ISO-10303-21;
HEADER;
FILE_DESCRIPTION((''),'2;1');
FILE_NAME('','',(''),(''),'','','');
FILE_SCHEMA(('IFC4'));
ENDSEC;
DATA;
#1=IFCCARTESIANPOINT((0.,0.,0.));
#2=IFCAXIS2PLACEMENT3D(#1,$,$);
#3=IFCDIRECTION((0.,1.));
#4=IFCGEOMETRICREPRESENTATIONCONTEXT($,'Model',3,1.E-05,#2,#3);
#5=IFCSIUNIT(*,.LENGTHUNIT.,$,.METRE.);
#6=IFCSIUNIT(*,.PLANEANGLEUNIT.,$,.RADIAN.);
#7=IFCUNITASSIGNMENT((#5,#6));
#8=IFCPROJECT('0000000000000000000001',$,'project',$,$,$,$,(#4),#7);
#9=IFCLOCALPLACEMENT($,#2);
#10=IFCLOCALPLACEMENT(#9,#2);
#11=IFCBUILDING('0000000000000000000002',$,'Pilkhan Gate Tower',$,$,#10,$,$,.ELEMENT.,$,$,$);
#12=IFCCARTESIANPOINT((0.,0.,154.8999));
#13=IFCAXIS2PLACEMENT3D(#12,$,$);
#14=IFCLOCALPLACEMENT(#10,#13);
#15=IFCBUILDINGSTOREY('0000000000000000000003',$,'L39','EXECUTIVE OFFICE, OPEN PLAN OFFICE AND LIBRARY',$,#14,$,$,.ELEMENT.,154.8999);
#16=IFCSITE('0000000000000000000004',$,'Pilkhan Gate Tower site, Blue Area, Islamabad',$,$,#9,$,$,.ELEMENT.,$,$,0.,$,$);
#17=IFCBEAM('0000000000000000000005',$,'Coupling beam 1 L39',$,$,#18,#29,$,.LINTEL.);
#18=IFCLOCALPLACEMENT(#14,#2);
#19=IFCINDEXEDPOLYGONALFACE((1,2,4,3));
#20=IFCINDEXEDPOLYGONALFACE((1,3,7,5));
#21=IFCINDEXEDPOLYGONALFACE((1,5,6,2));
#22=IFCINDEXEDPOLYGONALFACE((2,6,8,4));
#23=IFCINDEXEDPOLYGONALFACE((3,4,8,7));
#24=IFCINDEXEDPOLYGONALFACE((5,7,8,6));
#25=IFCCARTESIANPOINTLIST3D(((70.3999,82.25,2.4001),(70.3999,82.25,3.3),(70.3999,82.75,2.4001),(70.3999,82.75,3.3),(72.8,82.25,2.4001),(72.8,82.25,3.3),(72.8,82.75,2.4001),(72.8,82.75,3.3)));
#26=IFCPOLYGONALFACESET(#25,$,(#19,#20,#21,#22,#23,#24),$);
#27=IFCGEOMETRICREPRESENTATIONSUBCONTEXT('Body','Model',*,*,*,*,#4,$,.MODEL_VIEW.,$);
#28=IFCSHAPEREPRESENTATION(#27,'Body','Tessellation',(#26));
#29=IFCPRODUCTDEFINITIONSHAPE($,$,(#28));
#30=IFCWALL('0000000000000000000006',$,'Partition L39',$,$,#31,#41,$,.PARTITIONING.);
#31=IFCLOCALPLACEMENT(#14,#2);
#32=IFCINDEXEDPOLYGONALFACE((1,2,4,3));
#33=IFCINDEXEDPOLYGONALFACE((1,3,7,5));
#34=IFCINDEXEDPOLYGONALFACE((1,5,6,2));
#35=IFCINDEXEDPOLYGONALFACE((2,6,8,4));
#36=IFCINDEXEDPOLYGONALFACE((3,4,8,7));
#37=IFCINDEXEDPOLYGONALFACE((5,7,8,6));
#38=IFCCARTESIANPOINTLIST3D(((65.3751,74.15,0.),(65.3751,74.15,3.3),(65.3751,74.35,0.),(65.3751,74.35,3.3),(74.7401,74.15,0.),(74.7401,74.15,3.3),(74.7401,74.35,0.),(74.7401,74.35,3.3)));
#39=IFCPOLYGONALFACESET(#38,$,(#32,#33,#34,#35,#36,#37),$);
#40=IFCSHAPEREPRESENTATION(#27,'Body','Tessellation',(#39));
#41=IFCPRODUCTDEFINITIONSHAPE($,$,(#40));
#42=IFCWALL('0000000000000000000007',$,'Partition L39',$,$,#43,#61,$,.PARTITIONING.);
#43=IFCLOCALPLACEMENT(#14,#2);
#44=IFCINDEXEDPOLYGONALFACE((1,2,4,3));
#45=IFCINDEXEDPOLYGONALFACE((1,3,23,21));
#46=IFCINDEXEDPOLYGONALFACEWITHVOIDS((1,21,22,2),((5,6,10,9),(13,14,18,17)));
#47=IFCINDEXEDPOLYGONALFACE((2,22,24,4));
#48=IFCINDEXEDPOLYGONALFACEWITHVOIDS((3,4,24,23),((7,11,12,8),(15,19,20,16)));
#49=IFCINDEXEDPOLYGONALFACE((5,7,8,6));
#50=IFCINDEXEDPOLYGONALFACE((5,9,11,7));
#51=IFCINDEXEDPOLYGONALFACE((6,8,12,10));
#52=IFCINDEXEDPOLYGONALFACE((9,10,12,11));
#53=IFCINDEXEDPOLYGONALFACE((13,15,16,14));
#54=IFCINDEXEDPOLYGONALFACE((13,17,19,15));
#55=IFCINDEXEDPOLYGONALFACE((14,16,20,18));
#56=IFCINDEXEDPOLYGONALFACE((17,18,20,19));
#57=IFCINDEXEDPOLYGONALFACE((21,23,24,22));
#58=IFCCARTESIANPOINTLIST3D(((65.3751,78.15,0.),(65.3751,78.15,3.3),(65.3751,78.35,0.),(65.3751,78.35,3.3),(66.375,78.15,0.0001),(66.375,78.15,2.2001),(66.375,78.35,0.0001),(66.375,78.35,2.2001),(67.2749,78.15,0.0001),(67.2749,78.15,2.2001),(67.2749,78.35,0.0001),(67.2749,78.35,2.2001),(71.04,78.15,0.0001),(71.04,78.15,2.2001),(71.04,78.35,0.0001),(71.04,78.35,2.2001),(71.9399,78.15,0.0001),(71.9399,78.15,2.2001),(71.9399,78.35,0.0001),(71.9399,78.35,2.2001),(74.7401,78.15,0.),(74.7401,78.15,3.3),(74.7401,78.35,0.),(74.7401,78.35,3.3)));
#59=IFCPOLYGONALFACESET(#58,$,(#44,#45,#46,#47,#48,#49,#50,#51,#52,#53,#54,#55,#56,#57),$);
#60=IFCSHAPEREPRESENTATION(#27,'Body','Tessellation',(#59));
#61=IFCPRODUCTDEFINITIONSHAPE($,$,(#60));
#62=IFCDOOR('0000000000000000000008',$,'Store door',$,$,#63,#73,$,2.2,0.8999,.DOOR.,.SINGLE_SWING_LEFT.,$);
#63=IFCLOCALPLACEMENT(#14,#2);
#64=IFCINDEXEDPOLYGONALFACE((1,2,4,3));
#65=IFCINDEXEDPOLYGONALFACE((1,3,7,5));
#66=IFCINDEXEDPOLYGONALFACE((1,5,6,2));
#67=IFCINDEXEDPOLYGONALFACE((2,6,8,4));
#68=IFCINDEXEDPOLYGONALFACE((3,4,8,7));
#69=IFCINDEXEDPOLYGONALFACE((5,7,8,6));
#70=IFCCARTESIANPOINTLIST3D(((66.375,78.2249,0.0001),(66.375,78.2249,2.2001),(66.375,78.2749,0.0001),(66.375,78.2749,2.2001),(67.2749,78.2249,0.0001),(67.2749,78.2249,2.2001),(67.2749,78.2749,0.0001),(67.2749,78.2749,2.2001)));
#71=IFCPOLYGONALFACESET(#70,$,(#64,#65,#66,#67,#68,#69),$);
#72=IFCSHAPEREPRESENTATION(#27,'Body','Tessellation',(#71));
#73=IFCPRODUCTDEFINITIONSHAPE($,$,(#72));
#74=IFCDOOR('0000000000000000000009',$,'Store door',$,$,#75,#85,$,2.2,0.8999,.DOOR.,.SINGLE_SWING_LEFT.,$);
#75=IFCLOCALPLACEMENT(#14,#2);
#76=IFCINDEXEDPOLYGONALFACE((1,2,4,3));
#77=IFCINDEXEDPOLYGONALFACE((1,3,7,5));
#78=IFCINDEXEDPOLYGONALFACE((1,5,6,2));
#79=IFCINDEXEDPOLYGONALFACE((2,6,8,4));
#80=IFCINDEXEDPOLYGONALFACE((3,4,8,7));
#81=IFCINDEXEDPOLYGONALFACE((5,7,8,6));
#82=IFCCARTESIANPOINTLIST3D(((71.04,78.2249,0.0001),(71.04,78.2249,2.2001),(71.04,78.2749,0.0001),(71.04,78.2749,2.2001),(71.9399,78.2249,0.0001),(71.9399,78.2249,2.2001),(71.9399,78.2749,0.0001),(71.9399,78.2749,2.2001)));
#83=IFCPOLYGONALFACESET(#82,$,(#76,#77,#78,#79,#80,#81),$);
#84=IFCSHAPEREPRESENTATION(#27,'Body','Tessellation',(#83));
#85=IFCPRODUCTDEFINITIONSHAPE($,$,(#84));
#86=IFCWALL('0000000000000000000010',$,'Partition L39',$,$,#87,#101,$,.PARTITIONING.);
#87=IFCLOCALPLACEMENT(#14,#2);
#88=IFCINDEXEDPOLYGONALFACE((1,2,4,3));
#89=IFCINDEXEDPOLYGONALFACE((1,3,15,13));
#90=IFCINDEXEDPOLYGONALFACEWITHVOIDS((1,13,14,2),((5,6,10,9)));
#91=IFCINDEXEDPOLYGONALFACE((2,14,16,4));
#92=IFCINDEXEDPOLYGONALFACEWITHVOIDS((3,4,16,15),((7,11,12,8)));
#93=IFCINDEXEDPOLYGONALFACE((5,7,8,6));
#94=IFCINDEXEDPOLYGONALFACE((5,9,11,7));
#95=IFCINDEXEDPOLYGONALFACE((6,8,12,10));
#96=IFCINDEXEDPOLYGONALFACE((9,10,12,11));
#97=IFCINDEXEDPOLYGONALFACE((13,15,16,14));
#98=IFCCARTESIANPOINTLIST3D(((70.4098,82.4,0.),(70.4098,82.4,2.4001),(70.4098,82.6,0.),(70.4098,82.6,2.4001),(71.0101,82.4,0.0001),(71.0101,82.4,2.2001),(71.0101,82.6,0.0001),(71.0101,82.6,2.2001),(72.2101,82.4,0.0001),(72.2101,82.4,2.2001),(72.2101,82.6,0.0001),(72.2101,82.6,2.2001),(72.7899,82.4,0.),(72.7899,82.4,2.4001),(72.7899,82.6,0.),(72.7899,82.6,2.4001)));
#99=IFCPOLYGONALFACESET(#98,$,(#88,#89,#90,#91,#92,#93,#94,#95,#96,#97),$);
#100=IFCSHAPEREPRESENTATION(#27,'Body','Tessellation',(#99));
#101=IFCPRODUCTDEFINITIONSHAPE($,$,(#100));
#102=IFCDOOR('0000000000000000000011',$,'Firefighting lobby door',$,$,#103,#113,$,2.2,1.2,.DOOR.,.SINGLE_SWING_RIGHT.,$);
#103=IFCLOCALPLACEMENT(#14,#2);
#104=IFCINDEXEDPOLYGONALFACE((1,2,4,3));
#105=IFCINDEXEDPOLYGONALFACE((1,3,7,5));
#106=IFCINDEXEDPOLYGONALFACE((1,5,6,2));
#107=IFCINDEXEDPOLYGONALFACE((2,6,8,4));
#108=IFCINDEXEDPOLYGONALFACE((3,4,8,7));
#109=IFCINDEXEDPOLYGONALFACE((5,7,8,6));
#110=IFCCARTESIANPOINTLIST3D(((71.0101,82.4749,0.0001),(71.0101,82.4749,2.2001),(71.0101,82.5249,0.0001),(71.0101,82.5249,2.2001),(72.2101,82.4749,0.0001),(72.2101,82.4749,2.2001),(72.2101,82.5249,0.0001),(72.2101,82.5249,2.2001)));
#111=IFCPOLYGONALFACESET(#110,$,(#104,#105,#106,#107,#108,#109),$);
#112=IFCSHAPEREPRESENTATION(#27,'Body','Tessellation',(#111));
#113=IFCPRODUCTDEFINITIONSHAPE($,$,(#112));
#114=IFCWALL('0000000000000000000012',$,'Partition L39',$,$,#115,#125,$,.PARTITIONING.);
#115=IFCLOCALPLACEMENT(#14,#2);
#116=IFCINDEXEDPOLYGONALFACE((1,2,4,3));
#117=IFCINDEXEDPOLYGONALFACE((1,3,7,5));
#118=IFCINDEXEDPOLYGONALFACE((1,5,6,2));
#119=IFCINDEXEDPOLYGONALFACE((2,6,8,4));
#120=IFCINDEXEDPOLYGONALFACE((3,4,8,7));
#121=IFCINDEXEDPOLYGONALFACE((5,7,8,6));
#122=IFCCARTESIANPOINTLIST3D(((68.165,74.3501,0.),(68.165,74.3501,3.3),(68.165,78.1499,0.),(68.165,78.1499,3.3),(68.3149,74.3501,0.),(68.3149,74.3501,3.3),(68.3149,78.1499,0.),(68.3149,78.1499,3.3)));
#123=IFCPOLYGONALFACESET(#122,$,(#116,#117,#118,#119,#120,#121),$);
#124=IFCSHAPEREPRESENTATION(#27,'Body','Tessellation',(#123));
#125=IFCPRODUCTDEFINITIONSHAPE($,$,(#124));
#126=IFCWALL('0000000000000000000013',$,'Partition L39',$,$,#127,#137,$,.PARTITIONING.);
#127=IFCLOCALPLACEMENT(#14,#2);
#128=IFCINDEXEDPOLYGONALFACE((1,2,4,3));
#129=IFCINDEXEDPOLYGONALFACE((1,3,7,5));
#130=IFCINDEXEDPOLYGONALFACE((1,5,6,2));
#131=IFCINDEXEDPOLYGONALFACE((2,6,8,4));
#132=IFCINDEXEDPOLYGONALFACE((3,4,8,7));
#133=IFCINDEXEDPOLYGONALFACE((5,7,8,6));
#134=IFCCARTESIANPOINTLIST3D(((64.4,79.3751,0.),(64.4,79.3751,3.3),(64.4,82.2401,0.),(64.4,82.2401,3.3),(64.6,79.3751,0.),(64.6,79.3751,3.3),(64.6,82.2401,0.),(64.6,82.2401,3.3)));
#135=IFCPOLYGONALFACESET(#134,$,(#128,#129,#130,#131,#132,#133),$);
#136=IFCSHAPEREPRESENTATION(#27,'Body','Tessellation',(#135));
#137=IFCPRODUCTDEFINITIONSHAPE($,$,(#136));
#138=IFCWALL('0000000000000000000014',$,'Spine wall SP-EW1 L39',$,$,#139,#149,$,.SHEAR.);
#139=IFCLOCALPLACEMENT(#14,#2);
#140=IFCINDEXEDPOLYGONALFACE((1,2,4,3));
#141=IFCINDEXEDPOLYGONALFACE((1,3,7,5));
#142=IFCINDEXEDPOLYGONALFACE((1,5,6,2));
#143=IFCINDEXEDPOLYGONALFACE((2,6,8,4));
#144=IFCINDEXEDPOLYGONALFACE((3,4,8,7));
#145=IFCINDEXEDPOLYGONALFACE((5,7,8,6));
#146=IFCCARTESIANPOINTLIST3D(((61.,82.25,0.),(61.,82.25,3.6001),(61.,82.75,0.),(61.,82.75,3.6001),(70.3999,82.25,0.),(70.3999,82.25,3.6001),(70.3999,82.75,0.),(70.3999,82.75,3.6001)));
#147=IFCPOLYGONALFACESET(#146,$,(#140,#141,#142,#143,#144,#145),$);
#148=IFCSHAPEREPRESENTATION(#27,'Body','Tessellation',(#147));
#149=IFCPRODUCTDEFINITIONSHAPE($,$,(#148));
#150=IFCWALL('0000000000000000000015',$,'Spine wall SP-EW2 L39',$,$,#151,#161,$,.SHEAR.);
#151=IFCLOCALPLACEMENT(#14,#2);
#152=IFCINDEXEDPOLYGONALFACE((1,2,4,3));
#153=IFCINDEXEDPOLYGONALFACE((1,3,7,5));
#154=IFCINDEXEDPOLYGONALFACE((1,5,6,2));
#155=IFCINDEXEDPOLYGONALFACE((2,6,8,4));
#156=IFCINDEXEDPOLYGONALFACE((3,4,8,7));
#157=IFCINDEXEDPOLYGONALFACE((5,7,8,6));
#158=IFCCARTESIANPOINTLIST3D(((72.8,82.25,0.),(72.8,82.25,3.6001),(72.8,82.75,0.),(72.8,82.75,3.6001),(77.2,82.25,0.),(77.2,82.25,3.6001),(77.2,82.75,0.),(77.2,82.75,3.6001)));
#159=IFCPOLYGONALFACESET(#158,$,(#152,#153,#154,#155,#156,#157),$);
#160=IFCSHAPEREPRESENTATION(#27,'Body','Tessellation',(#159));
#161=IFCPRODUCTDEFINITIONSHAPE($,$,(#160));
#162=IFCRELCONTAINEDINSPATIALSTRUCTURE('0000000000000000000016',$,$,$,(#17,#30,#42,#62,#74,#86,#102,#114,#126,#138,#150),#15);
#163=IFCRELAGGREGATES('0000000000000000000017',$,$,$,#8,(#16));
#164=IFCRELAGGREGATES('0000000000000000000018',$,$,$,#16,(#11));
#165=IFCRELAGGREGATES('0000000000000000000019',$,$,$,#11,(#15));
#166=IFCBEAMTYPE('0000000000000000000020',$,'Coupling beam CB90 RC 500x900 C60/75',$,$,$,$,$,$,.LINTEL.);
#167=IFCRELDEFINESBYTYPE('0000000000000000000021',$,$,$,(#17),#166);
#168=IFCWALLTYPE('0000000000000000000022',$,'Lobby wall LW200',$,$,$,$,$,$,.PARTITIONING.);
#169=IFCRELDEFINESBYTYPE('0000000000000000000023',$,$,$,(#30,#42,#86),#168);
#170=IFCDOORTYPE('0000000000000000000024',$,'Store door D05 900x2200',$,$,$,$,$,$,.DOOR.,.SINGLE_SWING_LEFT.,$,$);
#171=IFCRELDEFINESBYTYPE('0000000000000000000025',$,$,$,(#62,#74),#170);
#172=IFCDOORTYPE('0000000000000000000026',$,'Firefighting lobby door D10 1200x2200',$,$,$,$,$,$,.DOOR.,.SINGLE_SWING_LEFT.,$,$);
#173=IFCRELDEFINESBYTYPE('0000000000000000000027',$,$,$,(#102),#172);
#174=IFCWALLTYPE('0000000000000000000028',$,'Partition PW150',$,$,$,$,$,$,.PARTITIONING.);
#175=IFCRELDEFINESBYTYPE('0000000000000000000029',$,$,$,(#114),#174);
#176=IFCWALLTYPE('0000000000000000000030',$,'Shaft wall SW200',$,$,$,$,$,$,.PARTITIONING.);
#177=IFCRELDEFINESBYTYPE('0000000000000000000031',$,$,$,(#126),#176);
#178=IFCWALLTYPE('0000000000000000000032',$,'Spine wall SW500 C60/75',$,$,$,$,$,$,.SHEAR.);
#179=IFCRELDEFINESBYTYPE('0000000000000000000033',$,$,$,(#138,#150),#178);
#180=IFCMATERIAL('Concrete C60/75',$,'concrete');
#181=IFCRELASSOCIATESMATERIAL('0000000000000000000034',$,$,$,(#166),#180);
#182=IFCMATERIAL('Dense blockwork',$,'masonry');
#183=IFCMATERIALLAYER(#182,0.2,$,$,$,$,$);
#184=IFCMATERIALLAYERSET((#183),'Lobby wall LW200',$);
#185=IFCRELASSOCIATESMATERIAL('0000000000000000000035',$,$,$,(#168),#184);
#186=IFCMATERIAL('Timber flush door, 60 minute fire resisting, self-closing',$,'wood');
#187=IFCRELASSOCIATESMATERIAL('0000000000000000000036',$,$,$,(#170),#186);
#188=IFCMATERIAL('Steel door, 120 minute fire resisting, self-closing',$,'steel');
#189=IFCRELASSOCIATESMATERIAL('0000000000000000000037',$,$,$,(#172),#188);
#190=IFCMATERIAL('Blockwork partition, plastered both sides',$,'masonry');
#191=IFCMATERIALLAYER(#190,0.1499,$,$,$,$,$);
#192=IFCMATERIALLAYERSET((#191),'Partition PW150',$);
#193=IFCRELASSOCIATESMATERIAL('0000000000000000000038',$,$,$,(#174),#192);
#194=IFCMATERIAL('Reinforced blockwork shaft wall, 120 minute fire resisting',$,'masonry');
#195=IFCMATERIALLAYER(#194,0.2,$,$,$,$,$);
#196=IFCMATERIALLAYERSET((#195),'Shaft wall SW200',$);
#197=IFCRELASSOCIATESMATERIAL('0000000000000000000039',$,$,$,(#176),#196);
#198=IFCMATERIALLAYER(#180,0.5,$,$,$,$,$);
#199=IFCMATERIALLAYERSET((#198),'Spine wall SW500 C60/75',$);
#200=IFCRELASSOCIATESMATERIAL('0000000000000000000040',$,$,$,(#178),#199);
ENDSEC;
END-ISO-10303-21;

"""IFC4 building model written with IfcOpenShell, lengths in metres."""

from ifc_helpers import new_model, si_unit, direction, frame, frame_2d, origin, origin_2d, place, context, subcontext, project, spatial, rectangle, extrude, material, layer, layer_set, material_profile, profile_set, type_object, element, fill, save


model = new_model("IFC4")

# Units and contexts
model_context = context("Model", 3, precision=1e-05, world=origin(), true_north=direction((0.0, 1.0)))
body_context = subcontext(model_context, "Body", "Model", "MODEL_VIEW")
ifc_project = project(units=[si_unit("LENGTHUNIT", "METRE"), si_unit("PLANEANGLEUNIT", "RADIAN")], contexts=[model_context])

# Site, building, storey
site_placement = place(None, origin())
site = spatial("IfcSite", under=ifc_project, at=site_placement, Name="Pilkhan Gate Tower site, Blue Area, Islamabad", CompositionType="ELEMENT", RefElevation=0.0)
building_placement = place(site_placement, origin())
building = spatial("IfcBuilding", under=site, at=building_placement, Name="Pilkhan Gate Tower", CompositionType="ELEMENT")
storey_placement = place(building_placement, frame((0.0, 0.0, 154.8999)))
storey = spatial("IfcBuildingStorey", under=building, at=storey_placement, Name="L39", Description="EXECUTIVE OFFICE, OPEN PLAN OFFICE AND LIBRARY", CompositionType="ELEMENT", Elevation=154.8999)

# Beam
ifc_material_1 = material(Name="Concrete C60/75", Category="concrete")
ifc_material_profile = material_profile(ifc_material_1, rectangle(XDim=0.5, YDim=0.8999, at=origin_2d()), Name="RC 500x900")
ifc_profile_set = profile_set([ifc_material_profile], Name="Concrete C60/75")
beam_type = type_object("IfcBeamType", Name="Coupling beam CB90 RC 500x900 C60/75", PredefinedType="LINTEL", material=ifc_profile_set)
beam_placement = place(storey_placement, frame((70.3999, 82.5, 2.8501), z_axis=(1.0, 0.0, 0.0), x_axis=(0.0, 1.0, 0.0)))
element("IfcBeam", 1, at=beam_placement, inside=storey, type_object=beam_type, Name="Coupling beam 1 L39", PredefinedType="LINTEL", context=body_context, shape_type="SweptSolid", body=[
    extrude(rectangle(XDim=0.5, YDim=0.8999, at=origin_2d()), origin(), (0.0, 0.0, 1.0), 2.4001),
])

# Wall
ifc_material_2 = material(Name="Dense blockwork", Category="masonry")
ifc_layer_1 = layer(ifc_material_2, 0.2)
ifc_layer_set_1 = layer_set([ifc_layer_1], Name="Lobby wall LW200")
wall_type_1 = type_object("IfcWallType", Name="Lobby wall LW200", PredefinedType="PARTITIONING", material=ifc_layer_set_1)
wall_1_placement = place(storey_placement, frame((65.375, 74.25, 0.0), z_axis=(0.0, 0.0, 1.0), x_axis=(1.0, 0.0, 0.0)))
element("IfcWall", 2, at=wall_1_placement, inside=storey, type_object=wall_type_1, Name="Partition L39", PredefinedType="PARTITIONING", context=body_context, shape_type="SweptSolid", body=[
    extrude(rectangle(XDim=9.365, YDim=0.2, at=frame_2d((4.6826, 0.0))), origin(), (0.0, 0.0, 1.0), 3.3),
])

# Wall, openings, doors
wall_2_placement = place(storey_placement, frame((65.375, 78.25, 0.0), z_axis=(0.0, 0.0, 1.0), x_axis=(1.0, 0.0, 0.0)))
wall_2 = element("IfcWall", 3, at=wall_2_placement, inside=storey, type_object=wall_type_1, Name="Partition L39", PredefinedType="PARTITIONING", context=body_context, shape_type="SweptSolid", body=[
    extrude(rectangle(XDim=9.365, YDim=0.2, at=frame_2d((4.6826, 0.0))), origin(), (0.0, 0.0, 1.0), 3.3),
])
opening_1_placement = place(wall_2_placement, frame((1.0, 0.0, 0.0)))
opening_1 = element("IfcOpeningElement", 4, at=opening_1_placement, cuts=wall_2, PredefinedType="OPENING", context=body_context, shape_type="SweptSolid", body=[
    extrude(rectangle(XDim=0.8999, YDim=2.2, at=frame_2d((0.45, 1.1001))), frame((0.0, 0.1099, 0.0), z_axis=(0.0, -1.0, 0.0), x_axis=(1.0, 0.0, 0.0)), (0.0, 0.0, 1.0), 0.22),
])
opening_2_placement = place(wall_2_placement, frame((5.665, 0.0, 0.0)))
opening_2 = element("IfcOpeningElement", 5, at=opening_2_placement, cuts=wall_2, PredefinedType="OPENING", context=body_context, shape_type="SweptSolid", body=[
    extrude(rectangle(XDim=0.8999, YDim=2.2, at=frame_2d((0.45, 1.1001))), frame((0.0, 0.1099, 0.0), z_axis=(0.0, -1.0, 0.0), x_axis=(1.0, 0.0, 0.0)), (0.0, 0.0, 1.0), 0.22),
])
ifc_material_3 = material(Name="Timber flush door, 60 minute fire resisting, self-closing", Category="wood")
door_type_1 = type_object("IfcDoorType", Name="Store door D05 900x2200", OperationType="SINGLE_SWING_LEFT", PredefinedType="DOOR", material=ifc_material_3)
door_1_placement = place(opening_1_placement, origin())
door_1 = element("IfcDoor", 6, at=door_1_placement, inside=storey, type_object=door_type_1, Name="Store door", OperationType="SINGLE_SWING_LEFT", OverallHeight=2.2, OverallWidth=0.8999, PredefinedType="DOOR", context=body_context, shape_type="SweptSolid", body=[
    extrude(rectangle(XDim=0.8999, YDim=2.2, at=frame_2d((0.45, 1.1001))), frame((0.0, 0.0249, 0.0), z_axis=(0.0, -1.0, 0.0), x_axis=(1.0, 0.0, 0.0)), (0.0, 0.0, 1.0), 0.05),
])
fill(opening_1, door_1)
door_2_placement = place(opening_2_placement, origin())
door_2 = element("IfcDoor", 7, at=door_2_placement, inside=storey, type_object=door_type_1, Name="Store door", OperationType="SINGLE_SWING_LEFT", OverallHeight=2.2, OverallWidth=0.8999, PredefinedType="DOOR", context=body_context, shape_type="SweptSolid", body=[
    extrude(rectangle(XDim=0.8999, YDim=2.2, at=frame_2d((0.45, 1.1001))), frame((0.0, 0.0249, 0.0), z_axis=(0.0, -1.0, 0.0), x_axis=(1.0, 0.0, 0.0)), (0.0, 0.0, 1.0), 0.05),
])
fill(opening_2, door_2)

# Wall, opening, door
wall_3_placement = place(storey_placement, frame((70.4099, 82.5, 0.0), z_axis=(0.0, 0.0, 1.0), x_axis=(1.0, 0.0, 0.0)))
wall_3 = element("IfcWall", 8, at=wall_3_placement, inside=storey, type_object=wall_type_1, Name="Partition L39", PredefinedType="PARTITIONING", context=body_context, shape_type="SweptSolid", body=[
    extrude(rectangle(XDim=2.3801, YDim=0.2, at=frame_2d((1.1899, 0.0))), origin(), (0.0, 0.0, 1.0), 2.4001),
])
opening_3_placement = place(wall_3_placement, frame((0.6001, 0.0, 0.0)))
opening_3 = element("IfcOpeningElement", 9, at=opening_3_placement, cuts=wall_3, PredefinedType="OPENING", context=body_context, shape_type="SweptSolid", body=[
    extrude(rectangle(XDim=1.2, YDim=2.2, at=frame_2d((0.6001, 1.1001))), frame((0.0, 0.1099, 0.0), z_axis=(0.0, -1.0, 0.0), x_axis=(1.0, 0.0, 0.0)), (0.0, 0.0, 1.0), 0.22),
])
ifc_material_4 = material(Name="Steel door, 120 minute fire resisting, self-closing", Category="steel")
door_type_2 = type_object("IfcDoorType", Name="Firefighting lobby door D10 1200x2200", OperationType="SINGLE_SWING_LEFT", PredefinedType="DOOR", material=ifc_material_4)
door_3_placement = place(opening_3_placement, origin())
door_3 = element("IfcDoor", 10, at=door_3_placement, inside=storey, type_object=door_type_2, Name="Firefighting lobby door", OperationType="SINGLE_SWING_RIGHT", OverallHeight=2.2, OverallWidth=1.2, PredefinedType="DOOR", context=body_context, shape_type="SweptSolid", body=[
    extrude(rectangle(XDim=1.2, YDim=2.2, at=frame_2d((0.6001, 1.1001))), frame((0.0, 0.0249, 0.0), z_axis=(0.0, -1.0, 0.0), x_axis=(1.0, 0.0, 0.0)), (0.0, 0.0, 1.0), 0.05),
])
fill(opening_3, door_3)

# Walls
ifc_material_5 = material(Name="Blockwork partition, plastered both sides", Category="masonry")
ifc_layer_2 = layer(ifc_material_5, 0.1499)
ifc_layer_set_2 = layer_set([ifc_layer_2], Name="Partition PW150")
wall_type_2 = type_object("IfcWallType", Name="Partition PW150", PredefinedType="PARTITIONING", material=ifc_layer_set_2)
wall_4_placement = place(storey_placement, frame((68.24, 74.3501, 0.0), z_axis=(0.0, 0.0, 1.0), x_axis=(0.0, 1.0, 0.0)))
element("IfcWall", 11, at=wall_4_placement, inside=storey, type_object=wall_type_2, Name="Partition L39", PredefinedType="PARTITIONING", context=body_context, shape_type="SweptSolid", body=[
    extrude(rectangle(XDim=3.7998, YDim=0.1499, at=frame_2d((1.8999, 0.0))), origin(), (0.0, 0.0, 1.0), 3.3),
])
ifc_material_6 = material(Name="Reinforced blockwork shaft wall, 120 minute fire resisting", Category="masonry")
ifc_layer_3 = layer(ifc_material_6, 0.2)
ifc_layer_set_3 = layer_set([ifc_layer_3], Name="Shaft wall SW200")
wall_type_3 = type_object("IfcWallType", Name="Shaft wall SW200", PredefinedType="PARTITIONING", material=ifc_layer_set_3)
wall_5_placement = place(storey_placement, frame((64.5, 79.375, 0.0), z_axis=(0.0, 0.0, 1.0), x_axis=(0.0, 1.0, 0.0)))
element("IfcWall", 12, at=wall_5_placement, inside=storey, type_object=wall_type_3, Name="Partition L39", PredefinedType="PARTITIONING", context=body_context, shape_type="SweptSolid", body=[
    extrude(rectangle(XDim=2.865, YDim=0.2, at=frame_2d((1.4326, 0.0))), origin(), (0.0, 0.0, 1.0), 3.3),
])
ifc_layer_4 = layer(ifc_material_1, 0.5)
ifc_layer_set_4 = layer_set([ifc_layer_4], Name="Spine wall SW500 C60/75")
wall_type_4 = type_object("IfcWallType", Name="Spine wall SW500 C60/75", PredefinedType="SHEAR", material=ifc_layer_set_4)
wall_6_placement = place(storey_placement, frame((61.0, 82.5, 0.0), z_axis=(0.0, 0.0, 1.0), x_axis=(1.0, 0.0, 0.0)))
element("IfcWall", 13, at=wall_6_placement, inside=storey, type_object=wall_type_4, Name="Spine wall SP-EW1 L39", PredefinedType="SHEAR", context=body_context, shape_type="SweptSolid", body=[
    extrude(rectangle(XDim=9.3999, YDim=0.5, at=frame_2d((4.7, 0.0))), origin(), (0.0, 0.0, 1.0), 3.6001),
])
wall_7_placement = place(storey_placement, frame((72.8, 82.5, 0.0), z_axis=(0.0, 0.0, 1.0), x_axis=(1.0, 0.0, 0.0)))
element("IfcWall", 14, at=wall_7_placement, inside=storey, type_object=wall_type_4, Name="Spine wall SP-EW2 L39", PredefinedType="SHEAR", context=body_context, shape_type="SweptSolid", body=[
    extrude(rectangle(XDim=4.3999, YDim=0.5, at=frame_2d((2.2, 0.0))), origin(), (0.0, 0.0, 1.0), 3.6001),
])

save(model, "model.ifc")
